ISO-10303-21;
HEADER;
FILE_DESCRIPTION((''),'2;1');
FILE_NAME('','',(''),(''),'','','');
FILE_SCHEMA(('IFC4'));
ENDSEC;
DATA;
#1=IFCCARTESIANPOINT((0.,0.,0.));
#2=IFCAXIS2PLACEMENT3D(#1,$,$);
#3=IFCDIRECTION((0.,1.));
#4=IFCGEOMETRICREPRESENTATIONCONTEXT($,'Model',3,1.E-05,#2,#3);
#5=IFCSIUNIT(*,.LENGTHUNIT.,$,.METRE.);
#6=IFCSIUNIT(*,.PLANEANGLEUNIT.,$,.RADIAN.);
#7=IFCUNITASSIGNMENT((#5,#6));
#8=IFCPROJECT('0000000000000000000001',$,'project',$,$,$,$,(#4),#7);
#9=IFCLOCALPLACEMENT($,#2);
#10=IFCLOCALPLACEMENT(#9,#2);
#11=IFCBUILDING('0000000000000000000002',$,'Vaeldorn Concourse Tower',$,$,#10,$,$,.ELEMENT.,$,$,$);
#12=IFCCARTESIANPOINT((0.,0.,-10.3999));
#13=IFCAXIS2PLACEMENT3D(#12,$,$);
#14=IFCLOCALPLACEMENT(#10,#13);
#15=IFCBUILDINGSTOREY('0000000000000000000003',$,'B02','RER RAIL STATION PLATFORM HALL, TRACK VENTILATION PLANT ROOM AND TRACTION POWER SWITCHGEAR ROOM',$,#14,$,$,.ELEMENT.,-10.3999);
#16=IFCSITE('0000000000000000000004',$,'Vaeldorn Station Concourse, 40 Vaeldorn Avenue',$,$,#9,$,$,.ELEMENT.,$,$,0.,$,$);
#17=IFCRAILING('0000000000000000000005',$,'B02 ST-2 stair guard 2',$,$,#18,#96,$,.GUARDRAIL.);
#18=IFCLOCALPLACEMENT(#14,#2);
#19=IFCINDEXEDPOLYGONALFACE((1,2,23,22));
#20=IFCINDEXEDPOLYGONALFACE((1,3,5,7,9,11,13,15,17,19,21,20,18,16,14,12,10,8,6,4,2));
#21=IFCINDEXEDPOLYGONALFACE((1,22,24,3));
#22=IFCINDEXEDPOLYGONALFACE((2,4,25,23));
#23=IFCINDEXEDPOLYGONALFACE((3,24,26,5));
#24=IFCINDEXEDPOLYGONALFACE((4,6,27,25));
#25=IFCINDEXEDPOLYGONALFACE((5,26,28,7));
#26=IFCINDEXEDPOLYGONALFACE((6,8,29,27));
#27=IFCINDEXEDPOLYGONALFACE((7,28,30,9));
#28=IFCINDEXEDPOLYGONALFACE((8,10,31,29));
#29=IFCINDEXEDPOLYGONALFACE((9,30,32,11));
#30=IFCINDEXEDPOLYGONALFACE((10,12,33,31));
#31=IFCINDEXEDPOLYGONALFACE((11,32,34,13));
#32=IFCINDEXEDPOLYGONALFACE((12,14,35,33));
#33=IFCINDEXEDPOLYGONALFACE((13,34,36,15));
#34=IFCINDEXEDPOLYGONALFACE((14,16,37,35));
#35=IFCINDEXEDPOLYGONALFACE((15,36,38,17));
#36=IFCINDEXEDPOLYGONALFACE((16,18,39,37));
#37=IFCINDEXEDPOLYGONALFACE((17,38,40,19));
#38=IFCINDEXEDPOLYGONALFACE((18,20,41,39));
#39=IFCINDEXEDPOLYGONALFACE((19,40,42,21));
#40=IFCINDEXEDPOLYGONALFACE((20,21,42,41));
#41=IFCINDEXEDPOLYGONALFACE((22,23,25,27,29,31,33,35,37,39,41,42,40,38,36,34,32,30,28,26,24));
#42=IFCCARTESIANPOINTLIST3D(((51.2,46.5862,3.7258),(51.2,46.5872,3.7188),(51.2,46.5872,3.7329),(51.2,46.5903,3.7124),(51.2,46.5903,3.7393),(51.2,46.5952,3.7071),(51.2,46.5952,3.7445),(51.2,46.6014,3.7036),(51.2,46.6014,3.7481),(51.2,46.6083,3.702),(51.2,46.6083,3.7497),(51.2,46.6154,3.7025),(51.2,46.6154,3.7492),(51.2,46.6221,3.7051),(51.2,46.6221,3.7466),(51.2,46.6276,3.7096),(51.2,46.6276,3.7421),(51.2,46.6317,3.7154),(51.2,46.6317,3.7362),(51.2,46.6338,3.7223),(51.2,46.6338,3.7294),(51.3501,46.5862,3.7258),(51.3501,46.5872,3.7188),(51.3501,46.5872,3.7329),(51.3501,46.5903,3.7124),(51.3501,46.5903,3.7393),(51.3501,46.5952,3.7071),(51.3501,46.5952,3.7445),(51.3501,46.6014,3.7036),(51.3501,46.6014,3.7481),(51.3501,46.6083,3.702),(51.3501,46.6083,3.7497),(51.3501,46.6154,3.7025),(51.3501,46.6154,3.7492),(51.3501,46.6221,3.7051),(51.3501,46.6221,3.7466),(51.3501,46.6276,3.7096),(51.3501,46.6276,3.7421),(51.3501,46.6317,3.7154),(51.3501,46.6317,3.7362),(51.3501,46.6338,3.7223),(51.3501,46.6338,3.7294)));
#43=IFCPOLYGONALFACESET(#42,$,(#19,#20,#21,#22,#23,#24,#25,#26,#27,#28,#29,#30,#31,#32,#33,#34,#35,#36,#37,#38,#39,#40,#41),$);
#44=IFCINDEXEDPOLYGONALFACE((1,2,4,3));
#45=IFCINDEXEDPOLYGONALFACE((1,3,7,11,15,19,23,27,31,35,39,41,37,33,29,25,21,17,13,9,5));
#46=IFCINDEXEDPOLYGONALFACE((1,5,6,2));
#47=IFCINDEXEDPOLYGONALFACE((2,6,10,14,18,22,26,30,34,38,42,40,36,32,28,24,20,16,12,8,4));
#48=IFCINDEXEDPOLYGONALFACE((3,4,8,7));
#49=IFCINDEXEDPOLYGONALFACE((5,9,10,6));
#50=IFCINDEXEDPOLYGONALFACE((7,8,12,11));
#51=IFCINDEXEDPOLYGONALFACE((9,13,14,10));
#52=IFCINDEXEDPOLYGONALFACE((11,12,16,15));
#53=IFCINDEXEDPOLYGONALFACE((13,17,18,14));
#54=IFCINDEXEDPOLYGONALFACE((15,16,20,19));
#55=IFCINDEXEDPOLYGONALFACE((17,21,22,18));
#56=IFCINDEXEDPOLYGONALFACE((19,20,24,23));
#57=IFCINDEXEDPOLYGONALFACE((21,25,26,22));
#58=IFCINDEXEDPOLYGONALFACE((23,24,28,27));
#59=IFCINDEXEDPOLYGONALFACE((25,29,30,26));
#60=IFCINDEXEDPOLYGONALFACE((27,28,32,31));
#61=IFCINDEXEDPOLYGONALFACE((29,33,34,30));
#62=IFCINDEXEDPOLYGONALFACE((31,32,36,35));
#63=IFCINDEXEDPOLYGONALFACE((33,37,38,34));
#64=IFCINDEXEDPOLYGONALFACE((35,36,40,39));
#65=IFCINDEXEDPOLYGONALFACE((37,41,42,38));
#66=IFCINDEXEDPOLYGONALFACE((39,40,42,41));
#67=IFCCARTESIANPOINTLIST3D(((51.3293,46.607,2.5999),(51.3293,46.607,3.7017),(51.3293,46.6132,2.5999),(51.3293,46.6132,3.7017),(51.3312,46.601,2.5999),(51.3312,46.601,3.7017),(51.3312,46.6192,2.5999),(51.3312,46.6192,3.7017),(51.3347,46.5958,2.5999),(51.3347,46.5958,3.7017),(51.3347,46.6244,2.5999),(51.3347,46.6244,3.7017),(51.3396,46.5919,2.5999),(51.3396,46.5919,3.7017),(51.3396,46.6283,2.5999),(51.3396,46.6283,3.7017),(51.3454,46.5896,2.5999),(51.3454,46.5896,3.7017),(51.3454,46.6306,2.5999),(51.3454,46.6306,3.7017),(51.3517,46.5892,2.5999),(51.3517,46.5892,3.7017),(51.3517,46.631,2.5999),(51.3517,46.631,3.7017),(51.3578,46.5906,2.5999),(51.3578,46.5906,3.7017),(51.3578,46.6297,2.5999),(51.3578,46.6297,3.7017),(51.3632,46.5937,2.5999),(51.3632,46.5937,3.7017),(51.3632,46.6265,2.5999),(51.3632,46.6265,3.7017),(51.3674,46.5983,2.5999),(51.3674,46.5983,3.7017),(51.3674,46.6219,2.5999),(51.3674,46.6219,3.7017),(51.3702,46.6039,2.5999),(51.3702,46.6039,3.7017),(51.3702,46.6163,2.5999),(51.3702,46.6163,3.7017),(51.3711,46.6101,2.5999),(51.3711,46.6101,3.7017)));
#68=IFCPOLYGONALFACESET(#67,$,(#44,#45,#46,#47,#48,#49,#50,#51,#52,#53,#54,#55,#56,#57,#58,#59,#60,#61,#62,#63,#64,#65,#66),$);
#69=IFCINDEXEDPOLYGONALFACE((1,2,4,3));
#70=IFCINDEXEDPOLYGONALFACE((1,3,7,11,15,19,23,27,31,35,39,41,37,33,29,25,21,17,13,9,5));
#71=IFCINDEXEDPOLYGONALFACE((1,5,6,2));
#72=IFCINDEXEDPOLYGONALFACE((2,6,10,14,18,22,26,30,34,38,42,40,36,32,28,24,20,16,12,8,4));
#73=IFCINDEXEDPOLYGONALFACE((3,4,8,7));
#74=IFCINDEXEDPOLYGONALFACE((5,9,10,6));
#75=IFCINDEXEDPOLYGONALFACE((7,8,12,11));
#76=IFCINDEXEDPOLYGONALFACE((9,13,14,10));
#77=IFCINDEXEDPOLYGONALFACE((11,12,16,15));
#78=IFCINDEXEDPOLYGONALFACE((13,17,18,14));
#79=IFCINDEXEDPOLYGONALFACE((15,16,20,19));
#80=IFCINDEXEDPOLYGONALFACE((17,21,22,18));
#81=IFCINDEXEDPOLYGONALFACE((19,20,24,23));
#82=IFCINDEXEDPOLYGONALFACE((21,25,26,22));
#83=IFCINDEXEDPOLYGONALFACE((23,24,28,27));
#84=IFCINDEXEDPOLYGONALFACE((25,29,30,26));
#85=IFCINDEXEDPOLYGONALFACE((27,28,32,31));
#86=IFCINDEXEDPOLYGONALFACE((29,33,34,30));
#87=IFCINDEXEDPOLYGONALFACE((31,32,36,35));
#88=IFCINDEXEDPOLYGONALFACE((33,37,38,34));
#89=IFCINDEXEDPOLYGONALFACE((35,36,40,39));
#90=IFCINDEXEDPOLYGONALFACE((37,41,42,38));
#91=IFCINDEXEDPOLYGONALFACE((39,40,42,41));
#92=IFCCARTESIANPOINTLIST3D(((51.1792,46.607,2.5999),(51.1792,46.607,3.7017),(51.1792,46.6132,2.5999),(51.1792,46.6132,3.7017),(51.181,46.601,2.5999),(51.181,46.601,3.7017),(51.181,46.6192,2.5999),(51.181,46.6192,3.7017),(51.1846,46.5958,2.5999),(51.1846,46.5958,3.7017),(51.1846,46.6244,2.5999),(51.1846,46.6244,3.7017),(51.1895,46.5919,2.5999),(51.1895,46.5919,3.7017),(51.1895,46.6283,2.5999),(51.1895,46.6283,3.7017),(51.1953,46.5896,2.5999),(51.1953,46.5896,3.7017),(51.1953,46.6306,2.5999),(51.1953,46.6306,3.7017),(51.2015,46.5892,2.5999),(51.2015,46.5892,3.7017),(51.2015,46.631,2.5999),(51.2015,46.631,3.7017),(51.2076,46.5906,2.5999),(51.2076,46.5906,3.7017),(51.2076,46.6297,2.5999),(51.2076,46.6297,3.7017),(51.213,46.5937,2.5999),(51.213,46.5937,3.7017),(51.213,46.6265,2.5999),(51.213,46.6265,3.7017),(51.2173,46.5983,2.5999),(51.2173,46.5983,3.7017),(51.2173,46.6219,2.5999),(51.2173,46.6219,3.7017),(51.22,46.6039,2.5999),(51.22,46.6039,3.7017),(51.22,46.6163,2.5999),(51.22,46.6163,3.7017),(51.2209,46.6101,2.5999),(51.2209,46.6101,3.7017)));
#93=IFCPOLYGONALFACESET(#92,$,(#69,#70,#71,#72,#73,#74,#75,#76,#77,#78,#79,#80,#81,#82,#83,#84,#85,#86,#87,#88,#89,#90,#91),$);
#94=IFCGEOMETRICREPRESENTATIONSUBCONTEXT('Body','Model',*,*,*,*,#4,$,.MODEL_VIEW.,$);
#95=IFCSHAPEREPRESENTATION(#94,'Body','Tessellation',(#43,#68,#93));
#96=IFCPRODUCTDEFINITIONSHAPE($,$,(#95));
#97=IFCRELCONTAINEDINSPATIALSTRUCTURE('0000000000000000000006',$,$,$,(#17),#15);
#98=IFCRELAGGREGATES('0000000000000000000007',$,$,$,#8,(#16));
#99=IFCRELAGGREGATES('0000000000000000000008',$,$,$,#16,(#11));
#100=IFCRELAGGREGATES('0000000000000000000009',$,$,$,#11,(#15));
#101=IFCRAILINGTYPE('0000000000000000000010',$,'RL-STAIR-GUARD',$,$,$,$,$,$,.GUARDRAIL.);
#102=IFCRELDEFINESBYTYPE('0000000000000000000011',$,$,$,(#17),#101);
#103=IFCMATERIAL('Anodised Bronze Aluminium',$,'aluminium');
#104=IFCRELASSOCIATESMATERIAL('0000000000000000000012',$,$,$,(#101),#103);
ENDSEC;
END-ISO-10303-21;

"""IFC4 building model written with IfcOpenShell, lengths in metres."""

from ifc_helpers import new_model, si_unit, direction, frame, origin, origin_2d, place, context, subcontext, project, spatial, circle, extrude, material, type_object, element, save


model = new_model("IFC4")

# Units and contexts
model_context = context("Model", 3, precision=1e-05, world=origin(), true_north=direction((0.0, 1.0)))
body_context = subcontext(model_context, "Body", "Model", "MODEL_VIEW")
ifc_project = project(units=[si_unit("LENGTHUNIT", "METRE"), si_unit("PLANEANGLEUNIT", "RADIAN")], contexts=[model_context])

# Site, building, storey
site_placement = place(None, origin())
site = spatial("IfcSite", under=ifc_project, at=site_placement, Name="Vaeldorn Station Concourse, 40 Vaeldorn Avenue", CompositionType="ELEMENT", RefElevation=0.0)
building_placement = place(site_placement, origin())
building = spatial("IfcBuilding", under=site, at=building_placement, Name="Vaeldorn Concourse Tower", CompositionType="ELEMENT")
storey_placement = place(building_placement, frame((0.0, 0.0, -10.3999)))
storey = spatial("IfcBuildingStorey", under=building, at=storey_placement, Name="B02", Description="RER RAIL STATION PLATFORM HALL, TRACK VENTILATION PLANT ROOM AND TRACTION POWER SWITCHGEAR ROOM", CompositionType="ELEMENT", Elevation=-10.3999)

# Shared definitions
ifc_material_1 = material(Name="Anodised Bronze Aluminium", Category="aluminium")

# Railing
railing_type_1 = type_object("IfcRailingType", Name="RL-STAIR-GUARD", PredefinedType="GUARDRAIL", material=ifc_material_1)
railing_1_placement = place(storey_placement, frame((51.3501, 46.6101, 2.5999)))
element("IfcRailing", 1, at=railing_1_placement, inside=storey, type_object=railing_type_1, Name="B02 ST-2 stair guard 2", PredefinedType="GUARDRAIL", context=body_context, shape_type="SweptSolid", body=[
    extrude(circle(Radius=0.0239, at=origin_2d()), frame((0.0, 0.0, 1.126), z_axis=(-1.0, 0.0, 0.0), x_axis=(0.0, -1.0, 0.0)), (0.0, 0.0, 1.0), 0.1501),
    extrude(circle(Radius=0.021, at=origin_2d()), origin(), (0.0, 0.0, 1.0), 1.1018),
    extrude(circle(Radius=0.021, at=origin_2d()), frame((-0.1501, 0.0, 0.0)), (0.0, 0.0, 1.0), 1.1018),
])

save(model, "model.ifc")
